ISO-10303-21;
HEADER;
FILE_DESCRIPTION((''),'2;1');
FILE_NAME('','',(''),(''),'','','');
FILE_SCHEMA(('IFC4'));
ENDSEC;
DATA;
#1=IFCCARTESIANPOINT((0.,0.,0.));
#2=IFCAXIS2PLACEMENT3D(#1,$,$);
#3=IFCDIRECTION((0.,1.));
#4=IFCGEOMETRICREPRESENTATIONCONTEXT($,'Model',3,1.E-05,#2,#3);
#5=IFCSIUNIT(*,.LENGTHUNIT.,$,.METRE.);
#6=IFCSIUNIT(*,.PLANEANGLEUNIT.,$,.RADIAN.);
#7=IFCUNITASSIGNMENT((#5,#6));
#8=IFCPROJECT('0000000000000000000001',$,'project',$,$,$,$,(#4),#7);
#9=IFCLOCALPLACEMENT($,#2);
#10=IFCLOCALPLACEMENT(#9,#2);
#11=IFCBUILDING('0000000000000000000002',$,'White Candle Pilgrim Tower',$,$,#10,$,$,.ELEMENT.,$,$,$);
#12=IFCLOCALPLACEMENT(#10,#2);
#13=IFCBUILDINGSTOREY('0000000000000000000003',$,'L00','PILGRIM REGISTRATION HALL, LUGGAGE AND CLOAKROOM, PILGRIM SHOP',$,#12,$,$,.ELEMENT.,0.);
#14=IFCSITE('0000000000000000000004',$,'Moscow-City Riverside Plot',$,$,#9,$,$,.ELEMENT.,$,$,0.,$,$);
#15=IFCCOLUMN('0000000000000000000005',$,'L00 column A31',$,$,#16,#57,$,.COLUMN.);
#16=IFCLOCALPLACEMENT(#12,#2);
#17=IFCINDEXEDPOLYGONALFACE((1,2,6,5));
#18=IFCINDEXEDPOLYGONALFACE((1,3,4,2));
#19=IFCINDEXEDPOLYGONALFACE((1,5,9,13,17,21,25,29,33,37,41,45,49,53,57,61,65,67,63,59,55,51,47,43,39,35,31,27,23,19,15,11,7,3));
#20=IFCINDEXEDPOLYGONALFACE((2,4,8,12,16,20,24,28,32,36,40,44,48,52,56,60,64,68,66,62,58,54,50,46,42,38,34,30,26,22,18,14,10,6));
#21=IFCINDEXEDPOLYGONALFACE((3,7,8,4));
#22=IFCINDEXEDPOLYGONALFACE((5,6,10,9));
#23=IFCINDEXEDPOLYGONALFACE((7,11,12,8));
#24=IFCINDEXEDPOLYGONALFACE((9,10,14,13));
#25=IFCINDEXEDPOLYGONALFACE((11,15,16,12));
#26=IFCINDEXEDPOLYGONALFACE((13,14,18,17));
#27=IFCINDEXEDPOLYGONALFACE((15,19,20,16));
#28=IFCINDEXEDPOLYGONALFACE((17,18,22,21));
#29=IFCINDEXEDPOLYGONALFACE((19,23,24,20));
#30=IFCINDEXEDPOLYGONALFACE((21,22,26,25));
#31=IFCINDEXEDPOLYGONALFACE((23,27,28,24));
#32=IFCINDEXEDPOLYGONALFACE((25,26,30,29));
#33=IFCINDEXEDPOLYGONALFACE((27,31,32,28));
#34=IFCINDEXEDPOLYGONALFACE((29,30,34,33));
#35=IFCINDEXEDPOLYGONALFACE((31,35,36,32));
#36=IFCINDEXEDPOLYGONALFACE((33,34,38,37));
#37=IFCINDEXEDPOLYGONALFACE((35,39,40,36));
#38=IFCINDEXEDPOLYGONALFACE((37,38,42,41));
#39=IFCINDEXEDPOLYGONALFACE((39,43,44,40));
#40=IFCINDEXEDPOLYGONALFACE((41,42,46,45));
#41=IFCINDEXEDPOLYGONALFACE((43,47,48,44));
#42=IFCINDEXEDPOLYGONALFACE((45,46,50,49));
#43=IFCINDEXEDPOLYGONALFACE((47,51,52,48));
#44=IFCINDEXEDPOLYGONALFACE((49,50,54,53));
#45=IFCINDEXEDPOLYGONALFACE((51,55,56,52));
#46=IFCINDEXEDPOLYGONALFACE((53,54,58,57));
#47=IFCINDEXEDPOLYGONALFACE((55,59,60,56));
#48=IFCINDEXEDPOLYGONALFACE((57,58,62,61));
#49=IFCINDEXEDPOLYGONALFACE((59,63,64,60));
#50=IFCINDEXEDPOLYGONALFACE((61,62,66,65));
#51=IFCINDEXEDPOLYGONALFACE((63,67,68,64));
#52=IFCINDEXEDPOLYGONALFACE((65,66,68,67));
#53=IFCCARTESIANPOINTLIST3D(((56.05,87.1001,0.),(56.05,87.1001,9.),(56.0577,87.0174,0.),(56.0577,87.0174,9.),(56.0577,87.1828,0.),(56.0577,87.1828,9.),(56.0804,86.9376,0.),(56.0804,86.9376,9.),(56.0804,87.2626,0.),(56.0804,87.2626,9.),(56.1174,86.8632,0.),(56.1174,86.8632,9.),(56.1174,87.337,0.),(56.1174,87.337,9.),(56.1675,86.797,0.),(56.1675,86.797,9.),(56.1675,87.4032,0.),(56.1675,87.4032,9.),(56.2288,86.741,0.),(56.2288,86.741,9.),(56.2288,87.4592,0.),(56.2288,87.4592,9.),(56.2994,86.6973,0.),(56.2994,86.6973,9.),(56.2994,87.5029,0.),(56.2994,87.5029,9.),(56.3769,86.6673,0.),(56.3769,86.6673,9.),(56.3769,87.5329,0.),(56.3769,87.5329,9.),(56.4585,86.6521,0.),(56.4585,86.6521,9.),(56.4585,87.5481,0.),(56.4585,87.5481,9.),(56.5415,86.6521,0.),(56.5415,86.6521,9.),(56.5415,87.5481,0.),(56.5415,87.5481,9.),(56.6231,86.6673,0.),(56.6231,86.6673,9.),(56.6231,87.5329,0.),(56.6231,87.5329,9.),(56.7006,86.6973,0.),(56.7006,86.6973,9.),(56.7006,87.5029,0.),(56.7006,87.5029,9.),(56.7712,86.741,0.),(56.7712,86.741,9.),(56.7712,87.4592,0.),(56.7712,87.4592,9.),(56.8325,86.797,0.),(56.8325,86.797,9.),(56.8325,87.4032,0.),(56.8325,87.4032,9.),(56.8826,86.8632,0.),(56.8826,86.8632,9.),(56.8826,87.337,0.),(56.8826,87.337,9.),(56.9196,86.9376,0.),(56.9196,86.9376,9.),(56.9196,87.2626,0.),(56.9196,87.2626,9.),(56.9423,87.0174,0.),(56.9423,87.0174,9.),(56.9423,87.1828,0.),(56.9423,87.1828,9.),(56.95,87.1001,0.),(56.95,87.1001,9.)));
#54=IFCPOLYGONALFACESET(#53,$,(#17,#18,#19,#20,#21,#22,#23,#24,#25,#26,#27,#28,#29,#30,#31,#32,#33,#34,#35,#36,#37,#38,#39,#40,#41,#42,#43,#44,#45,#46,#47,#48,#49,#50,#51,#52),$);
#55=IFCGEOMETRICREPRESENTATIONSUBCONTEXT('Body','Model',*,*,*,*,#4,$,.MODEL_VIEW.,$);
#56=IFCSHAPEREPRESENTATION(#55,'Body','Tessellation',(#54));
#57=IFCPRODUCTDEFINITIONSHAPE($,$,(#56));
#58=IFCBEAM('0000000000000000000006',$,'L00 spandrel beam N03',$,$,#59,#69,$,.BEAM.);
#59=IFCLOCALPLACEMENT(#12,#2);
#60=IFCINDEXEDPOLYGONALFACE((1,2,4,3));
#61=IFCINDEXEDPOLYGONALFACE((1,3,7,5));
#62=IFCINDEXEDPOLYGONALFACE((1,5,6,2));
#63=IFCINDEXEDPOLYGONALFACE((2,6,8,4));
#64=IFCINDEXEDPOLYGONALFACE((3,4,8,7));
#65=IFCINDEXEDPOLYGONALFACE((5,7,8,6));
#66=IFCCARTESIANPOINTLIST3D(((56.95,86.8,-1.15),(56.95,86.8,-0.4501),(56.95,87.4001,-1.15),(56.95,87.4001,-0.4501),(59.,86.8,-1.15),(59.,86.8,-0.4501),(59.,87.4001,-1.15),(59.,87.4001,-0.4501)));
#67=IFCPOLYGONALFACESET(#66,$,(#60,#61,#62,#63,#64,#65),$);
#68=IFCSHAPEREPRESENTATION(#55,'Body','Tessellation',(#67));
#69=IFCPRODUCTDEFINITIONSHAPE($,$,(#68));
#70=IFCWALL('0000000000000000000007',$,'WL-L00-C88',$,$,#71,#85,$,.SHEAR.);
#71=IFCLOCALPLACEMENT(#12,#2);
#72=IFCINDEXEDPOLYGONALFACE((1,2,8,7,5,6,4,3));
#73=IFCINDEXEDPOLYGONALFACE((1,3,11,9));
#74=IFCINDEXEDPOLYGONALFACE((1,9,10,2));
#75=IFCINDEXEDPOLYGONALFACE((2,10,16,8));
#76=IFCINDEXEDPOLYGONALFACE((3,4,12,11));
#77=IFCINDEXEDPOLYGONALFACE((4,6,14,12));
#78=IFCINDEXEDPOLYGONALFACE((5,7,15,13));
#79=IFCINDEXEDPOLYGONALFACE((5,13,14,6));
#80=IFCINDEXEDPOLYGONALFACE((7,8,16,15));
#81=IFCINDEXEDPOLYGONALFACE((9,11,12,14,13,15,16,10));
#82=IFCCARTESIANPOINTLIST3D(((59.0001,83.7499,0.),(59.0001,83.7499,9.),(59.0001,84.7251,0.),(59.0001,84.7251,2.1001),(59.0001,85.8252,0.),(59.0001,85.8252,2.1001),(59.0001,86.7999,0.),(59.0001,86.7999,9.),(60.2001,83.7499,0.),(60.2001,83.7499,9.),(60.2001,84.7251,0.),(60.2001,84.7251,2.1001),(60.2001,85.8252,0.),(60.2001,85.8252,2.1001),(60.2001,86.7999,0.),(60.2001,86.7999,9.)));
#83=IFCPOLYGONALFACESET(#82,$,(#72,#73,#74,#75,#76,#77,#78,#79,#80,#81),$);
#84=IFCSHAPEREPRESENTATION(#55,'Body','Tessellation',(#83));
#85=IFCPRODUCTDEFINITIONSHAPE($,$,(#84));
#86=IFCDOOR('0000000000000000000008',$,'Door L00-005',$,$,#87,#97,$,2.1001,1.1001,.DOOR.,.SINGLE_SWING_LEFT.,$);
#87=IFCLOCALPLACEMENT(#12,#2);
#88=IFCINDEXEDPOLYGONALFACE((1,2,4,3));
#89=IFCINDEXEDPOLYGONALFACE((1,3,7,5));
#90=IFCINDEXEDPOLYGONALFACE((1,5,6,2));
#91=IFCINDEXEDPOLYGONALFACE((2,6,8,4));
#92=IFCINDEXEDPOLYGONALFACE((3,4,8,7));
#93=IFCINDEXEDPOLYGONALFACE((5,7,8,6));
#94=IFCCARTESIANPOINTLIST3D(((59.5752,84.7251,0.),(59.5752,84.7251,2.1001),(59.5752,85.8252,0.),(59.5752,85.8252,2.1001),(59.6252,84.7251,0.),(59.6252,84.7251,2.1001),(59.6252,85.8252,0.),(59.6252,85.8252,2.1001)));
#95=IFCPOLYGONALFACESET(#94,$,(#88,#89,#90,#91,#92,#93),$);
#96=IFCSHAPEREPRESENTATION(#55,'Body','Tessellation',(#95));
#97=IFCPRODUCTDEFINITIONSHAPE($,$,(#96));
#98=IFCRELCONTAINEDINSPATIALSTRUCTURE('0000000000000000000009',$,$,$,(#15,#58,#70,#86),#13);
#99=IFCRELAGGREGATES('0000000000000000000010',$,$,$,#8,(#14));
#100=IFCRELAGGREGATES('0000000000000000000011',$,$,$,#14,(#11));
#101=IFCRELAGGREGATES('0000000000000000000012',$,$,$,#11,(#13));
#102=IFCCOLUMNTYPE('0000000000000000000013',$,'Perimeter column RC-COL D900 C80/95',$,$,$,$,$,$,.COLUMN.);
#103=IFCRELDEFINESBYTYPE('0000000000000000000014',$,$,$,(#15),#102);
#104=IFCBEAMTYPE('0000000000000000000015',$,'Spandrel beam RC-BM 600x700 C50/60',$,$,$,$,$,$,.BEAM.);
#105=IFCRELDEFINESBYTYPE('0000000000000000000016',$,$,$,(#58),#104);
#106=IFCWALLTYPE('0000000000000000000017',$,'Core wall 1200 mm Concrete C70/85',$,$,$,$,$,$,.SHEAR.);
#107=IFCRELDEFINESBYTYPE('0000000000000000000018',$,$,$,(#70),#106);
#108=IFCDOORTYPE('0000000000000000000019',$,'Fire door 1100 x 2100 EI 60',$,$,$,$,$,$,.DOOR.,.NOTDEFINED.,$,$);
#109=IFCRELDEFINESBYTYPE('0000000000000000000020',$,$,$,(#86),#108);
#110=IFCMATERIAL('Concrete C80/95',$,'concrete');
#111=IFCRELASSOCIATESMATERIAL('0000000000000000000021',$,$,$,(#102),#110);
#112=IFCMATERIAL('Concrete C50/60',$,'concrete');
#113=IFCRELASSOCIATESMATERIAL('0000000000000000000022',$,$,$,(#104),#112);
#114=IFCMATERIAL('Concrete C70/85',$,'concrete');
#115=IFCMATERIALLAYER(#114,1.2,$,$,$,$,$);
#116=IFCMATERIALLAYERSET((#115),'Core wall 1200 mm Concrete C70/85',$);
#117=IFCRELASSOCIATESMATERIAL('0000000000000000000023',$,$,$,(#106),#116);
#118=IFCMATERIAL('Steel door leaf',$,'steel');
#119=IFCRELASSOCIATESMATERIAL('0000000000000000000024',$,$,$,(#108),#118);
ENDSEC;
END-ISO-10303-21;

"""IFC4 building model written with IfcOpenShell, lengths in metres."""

from ifc_helpers import new_model, si_unit, direction, frame, frame_2d, origin, origin_2d, place, context, subcontext, project, spatial, rectangle, circle, extrude, material, layer, layer_set, material_profile, profile_set, type_object, element, fill, save


model = new_model("IFC4")

# Units and contexts
model_context = context("Model", 3, precision=1e-05, world=origin(), true_north=direction((0.0, 1.0)))
body_context = subcontext(model_context, "Body", "Model", "MODEL_VIEW")
ifc_project = project(units=[si_unit("LENGTHUNIT", "METRE"), si_unit("PLANEANGLEUNIT", "RADIAN")], contexts=[model_context])

# Site, building, storey
site_placement = place(None, origin())
site = spatial("IfcSite", under=ifc_project, at=site_placement, Name="Moscow-City Riverside Plot", CompositionType="ELEMENT", RefElevation=0.0)
building_placement = place(site_placement, origin())
building = spatial("IfcBuilding", under=site, at=building_placement, Name="White Candle Pilgrim Tower", CompositionType="ELEMENT")
storey_placement = place(building_placement, origin())
storey = spatial("IfcBuildingStorey", under=building, at=storey_placement, Name="L00", Description="PILGRIM REGISTRATION HALL, LUGGAGE AND CLOAKROOM, PILGRIM SHOP", CompositionType="ELEMENT", Elevation=0.0)

# Column
ifc_material_1 = material(Name="Concrete C80/95", Category="concrete")
ifc_material_profile_1 = material_profile(ifc_material_1, circle(Radius=0.45, at=origin_2d()), Name="RC-COL D900")
ifc_profile_set_1 = profile_set([ifc_material_profile_1], Name="Concrete C80/95")
column_type = type_object("IfcColumnType", Name="Perimeter column RC-COL D900 C80/95", PredefinedType="COLUMN", material=ifc_profile_set_1)
column_placement = place(storey_placement, frame((56.5, 87.1001, 0.0), z_axis=(0.0, 0.0, 1.0), x_axis=(1.0, 0.0, 0.0)))
element("IfcColumn", 1, at=column_placement, inside=storey, type_object=column_type, Name="L00 column A31", PredefinedType="COLUMN", context=body_context, shape_type="SweptSolid", body=[
    extrude(circle(Radius=0.45, at=origin_2d()), origin(), (0.0, 0.0, 1.0), 9.0),
])

# Beam
ifc_material_2 = material(Name="Concrete C50/60", Category="concrete")
ifc_material_profile_2 = material_profile(ifc_material_2, rectangle(XDim=0.6001, YDim=0.7, at=origin_2d()), Name="RC-BM 600x700")
ifc_profile_set_2 = profile_set([ifc_material_profile_2], Name="Concrete C50/60")
beam_type = type_object("IfcBeamType", Name="Spandrel beam RC-BM 600x700 C50/60", PredefinedType="BEAM", material=ifc_profile_set_2)
beam_placement = place(storey_placement, frame((56.95, 87.1001, -0.8), z_axis=(1.0, 0.0, 0.0), x_axis=(0.0, 1.0, 0.0)))
element("IfcBeam", 2, at=beam_placement, inside=storey, type_object=beam_type, Name="L00 spandrel beam N03", PredefinedType="BEAM", context=body_context, shape_type="SweptSolid", body=[
    extrude(rectangle(XDim=0.6001, YDim=0.7, at=origin_2d()), origin(), (0.0, 0.0, 1.0), 2.05),
])

# Wall, opening, door
ifc_material_3 = material(Name="Concrete C70/85", Category="concrete")
ifc_layer_1 = layer(ifc_material_3, 1.2)
ifc_layer_set_1 = layer_set([ifc_layer_1], Name="Core wall 1200 mm Concrete C70/85")
wall_type_1 = type_object("IfcWallType", Name="Core wall 1200 mm Concrete C70/85", PredefinedType="SHEAR", material=ifc_layer_set_1)
wall_1_placement = place(storey_placement, frame((59.6001, 83.75, 0.0), z_axis=(0.0, 0.0, 1.0), x_axis=(0.0, 1.0, 0.0)))
wall_1 = element("IfcWall", 3, at=wall_1_placement, inside=storey, type_object=wall_type_1, Name="WL-L00-C88", PredefinedType="SHEAR", context=body_context, shape_type="SweptSolid", body=[
    extrude(rectangle(XDim=3.05, YDim=1.2, at=frame_2d((1.5249, 0.0))), origin(), (0.0, 0.0, 1.0), 9.0),
])
opening_1_placement = place(wall_1_placement, frame((0.9751, 0.0, 0.0)))
opening_1 = element("IfcOpeningElement", 4, at=opening_1_placement, cuts=wall_1, PredefinedType="OPENING", context=body_context, shape_type="SweptSolid", body=[
    extrude(rectangle(XDim=1.1001, YDim=2.1001, at=frame_2d((0.55, 1.05))), frame((0.0, 0.6099, 0.0), z_axis=(0.0, -1.0, 0.0), x_axis=(1.0, 0.0, 0.0)), (0.0, 0.0, 1.0), 1.22),
])
ifc_material_4 = material(Name="Steel door leaf", Category="steel")
door_type_1 = type_object("IfcDoorType", Name="Fire door 1100 x 2100 EI 60", OperationType="NOTDEFINED", PredefinedType="DOOR", material=ifc_material_4)
door_1_placement = place(opening_1_placement, origin())
door_1 = element("IfcDoor", 5, at=door_1_placement, inside=storey, type_object=door_type_1, Name="Door L00-005", OperationType="SINGLE_SWING_LEFT", OverallHeight=2.1001, OverallWidth=1.1001, PredefinedType="DOOR", context=body_context, shape_type="SweptSolid", body=[
    extrude(rectangle(XDim=1.1001, YDim=2.1001, at=frame_2d((0.55, 1.05))), frame((0.0, 0.0249, 0.0), z_axis=(0.0, -1.0, 0.0), x_axis=(1.0, 0.0, 0.0)), (0.0, 0.0, 1.0), 0.05),
])
fill(opening_1, door_1)

save(model, "model.ifc")
